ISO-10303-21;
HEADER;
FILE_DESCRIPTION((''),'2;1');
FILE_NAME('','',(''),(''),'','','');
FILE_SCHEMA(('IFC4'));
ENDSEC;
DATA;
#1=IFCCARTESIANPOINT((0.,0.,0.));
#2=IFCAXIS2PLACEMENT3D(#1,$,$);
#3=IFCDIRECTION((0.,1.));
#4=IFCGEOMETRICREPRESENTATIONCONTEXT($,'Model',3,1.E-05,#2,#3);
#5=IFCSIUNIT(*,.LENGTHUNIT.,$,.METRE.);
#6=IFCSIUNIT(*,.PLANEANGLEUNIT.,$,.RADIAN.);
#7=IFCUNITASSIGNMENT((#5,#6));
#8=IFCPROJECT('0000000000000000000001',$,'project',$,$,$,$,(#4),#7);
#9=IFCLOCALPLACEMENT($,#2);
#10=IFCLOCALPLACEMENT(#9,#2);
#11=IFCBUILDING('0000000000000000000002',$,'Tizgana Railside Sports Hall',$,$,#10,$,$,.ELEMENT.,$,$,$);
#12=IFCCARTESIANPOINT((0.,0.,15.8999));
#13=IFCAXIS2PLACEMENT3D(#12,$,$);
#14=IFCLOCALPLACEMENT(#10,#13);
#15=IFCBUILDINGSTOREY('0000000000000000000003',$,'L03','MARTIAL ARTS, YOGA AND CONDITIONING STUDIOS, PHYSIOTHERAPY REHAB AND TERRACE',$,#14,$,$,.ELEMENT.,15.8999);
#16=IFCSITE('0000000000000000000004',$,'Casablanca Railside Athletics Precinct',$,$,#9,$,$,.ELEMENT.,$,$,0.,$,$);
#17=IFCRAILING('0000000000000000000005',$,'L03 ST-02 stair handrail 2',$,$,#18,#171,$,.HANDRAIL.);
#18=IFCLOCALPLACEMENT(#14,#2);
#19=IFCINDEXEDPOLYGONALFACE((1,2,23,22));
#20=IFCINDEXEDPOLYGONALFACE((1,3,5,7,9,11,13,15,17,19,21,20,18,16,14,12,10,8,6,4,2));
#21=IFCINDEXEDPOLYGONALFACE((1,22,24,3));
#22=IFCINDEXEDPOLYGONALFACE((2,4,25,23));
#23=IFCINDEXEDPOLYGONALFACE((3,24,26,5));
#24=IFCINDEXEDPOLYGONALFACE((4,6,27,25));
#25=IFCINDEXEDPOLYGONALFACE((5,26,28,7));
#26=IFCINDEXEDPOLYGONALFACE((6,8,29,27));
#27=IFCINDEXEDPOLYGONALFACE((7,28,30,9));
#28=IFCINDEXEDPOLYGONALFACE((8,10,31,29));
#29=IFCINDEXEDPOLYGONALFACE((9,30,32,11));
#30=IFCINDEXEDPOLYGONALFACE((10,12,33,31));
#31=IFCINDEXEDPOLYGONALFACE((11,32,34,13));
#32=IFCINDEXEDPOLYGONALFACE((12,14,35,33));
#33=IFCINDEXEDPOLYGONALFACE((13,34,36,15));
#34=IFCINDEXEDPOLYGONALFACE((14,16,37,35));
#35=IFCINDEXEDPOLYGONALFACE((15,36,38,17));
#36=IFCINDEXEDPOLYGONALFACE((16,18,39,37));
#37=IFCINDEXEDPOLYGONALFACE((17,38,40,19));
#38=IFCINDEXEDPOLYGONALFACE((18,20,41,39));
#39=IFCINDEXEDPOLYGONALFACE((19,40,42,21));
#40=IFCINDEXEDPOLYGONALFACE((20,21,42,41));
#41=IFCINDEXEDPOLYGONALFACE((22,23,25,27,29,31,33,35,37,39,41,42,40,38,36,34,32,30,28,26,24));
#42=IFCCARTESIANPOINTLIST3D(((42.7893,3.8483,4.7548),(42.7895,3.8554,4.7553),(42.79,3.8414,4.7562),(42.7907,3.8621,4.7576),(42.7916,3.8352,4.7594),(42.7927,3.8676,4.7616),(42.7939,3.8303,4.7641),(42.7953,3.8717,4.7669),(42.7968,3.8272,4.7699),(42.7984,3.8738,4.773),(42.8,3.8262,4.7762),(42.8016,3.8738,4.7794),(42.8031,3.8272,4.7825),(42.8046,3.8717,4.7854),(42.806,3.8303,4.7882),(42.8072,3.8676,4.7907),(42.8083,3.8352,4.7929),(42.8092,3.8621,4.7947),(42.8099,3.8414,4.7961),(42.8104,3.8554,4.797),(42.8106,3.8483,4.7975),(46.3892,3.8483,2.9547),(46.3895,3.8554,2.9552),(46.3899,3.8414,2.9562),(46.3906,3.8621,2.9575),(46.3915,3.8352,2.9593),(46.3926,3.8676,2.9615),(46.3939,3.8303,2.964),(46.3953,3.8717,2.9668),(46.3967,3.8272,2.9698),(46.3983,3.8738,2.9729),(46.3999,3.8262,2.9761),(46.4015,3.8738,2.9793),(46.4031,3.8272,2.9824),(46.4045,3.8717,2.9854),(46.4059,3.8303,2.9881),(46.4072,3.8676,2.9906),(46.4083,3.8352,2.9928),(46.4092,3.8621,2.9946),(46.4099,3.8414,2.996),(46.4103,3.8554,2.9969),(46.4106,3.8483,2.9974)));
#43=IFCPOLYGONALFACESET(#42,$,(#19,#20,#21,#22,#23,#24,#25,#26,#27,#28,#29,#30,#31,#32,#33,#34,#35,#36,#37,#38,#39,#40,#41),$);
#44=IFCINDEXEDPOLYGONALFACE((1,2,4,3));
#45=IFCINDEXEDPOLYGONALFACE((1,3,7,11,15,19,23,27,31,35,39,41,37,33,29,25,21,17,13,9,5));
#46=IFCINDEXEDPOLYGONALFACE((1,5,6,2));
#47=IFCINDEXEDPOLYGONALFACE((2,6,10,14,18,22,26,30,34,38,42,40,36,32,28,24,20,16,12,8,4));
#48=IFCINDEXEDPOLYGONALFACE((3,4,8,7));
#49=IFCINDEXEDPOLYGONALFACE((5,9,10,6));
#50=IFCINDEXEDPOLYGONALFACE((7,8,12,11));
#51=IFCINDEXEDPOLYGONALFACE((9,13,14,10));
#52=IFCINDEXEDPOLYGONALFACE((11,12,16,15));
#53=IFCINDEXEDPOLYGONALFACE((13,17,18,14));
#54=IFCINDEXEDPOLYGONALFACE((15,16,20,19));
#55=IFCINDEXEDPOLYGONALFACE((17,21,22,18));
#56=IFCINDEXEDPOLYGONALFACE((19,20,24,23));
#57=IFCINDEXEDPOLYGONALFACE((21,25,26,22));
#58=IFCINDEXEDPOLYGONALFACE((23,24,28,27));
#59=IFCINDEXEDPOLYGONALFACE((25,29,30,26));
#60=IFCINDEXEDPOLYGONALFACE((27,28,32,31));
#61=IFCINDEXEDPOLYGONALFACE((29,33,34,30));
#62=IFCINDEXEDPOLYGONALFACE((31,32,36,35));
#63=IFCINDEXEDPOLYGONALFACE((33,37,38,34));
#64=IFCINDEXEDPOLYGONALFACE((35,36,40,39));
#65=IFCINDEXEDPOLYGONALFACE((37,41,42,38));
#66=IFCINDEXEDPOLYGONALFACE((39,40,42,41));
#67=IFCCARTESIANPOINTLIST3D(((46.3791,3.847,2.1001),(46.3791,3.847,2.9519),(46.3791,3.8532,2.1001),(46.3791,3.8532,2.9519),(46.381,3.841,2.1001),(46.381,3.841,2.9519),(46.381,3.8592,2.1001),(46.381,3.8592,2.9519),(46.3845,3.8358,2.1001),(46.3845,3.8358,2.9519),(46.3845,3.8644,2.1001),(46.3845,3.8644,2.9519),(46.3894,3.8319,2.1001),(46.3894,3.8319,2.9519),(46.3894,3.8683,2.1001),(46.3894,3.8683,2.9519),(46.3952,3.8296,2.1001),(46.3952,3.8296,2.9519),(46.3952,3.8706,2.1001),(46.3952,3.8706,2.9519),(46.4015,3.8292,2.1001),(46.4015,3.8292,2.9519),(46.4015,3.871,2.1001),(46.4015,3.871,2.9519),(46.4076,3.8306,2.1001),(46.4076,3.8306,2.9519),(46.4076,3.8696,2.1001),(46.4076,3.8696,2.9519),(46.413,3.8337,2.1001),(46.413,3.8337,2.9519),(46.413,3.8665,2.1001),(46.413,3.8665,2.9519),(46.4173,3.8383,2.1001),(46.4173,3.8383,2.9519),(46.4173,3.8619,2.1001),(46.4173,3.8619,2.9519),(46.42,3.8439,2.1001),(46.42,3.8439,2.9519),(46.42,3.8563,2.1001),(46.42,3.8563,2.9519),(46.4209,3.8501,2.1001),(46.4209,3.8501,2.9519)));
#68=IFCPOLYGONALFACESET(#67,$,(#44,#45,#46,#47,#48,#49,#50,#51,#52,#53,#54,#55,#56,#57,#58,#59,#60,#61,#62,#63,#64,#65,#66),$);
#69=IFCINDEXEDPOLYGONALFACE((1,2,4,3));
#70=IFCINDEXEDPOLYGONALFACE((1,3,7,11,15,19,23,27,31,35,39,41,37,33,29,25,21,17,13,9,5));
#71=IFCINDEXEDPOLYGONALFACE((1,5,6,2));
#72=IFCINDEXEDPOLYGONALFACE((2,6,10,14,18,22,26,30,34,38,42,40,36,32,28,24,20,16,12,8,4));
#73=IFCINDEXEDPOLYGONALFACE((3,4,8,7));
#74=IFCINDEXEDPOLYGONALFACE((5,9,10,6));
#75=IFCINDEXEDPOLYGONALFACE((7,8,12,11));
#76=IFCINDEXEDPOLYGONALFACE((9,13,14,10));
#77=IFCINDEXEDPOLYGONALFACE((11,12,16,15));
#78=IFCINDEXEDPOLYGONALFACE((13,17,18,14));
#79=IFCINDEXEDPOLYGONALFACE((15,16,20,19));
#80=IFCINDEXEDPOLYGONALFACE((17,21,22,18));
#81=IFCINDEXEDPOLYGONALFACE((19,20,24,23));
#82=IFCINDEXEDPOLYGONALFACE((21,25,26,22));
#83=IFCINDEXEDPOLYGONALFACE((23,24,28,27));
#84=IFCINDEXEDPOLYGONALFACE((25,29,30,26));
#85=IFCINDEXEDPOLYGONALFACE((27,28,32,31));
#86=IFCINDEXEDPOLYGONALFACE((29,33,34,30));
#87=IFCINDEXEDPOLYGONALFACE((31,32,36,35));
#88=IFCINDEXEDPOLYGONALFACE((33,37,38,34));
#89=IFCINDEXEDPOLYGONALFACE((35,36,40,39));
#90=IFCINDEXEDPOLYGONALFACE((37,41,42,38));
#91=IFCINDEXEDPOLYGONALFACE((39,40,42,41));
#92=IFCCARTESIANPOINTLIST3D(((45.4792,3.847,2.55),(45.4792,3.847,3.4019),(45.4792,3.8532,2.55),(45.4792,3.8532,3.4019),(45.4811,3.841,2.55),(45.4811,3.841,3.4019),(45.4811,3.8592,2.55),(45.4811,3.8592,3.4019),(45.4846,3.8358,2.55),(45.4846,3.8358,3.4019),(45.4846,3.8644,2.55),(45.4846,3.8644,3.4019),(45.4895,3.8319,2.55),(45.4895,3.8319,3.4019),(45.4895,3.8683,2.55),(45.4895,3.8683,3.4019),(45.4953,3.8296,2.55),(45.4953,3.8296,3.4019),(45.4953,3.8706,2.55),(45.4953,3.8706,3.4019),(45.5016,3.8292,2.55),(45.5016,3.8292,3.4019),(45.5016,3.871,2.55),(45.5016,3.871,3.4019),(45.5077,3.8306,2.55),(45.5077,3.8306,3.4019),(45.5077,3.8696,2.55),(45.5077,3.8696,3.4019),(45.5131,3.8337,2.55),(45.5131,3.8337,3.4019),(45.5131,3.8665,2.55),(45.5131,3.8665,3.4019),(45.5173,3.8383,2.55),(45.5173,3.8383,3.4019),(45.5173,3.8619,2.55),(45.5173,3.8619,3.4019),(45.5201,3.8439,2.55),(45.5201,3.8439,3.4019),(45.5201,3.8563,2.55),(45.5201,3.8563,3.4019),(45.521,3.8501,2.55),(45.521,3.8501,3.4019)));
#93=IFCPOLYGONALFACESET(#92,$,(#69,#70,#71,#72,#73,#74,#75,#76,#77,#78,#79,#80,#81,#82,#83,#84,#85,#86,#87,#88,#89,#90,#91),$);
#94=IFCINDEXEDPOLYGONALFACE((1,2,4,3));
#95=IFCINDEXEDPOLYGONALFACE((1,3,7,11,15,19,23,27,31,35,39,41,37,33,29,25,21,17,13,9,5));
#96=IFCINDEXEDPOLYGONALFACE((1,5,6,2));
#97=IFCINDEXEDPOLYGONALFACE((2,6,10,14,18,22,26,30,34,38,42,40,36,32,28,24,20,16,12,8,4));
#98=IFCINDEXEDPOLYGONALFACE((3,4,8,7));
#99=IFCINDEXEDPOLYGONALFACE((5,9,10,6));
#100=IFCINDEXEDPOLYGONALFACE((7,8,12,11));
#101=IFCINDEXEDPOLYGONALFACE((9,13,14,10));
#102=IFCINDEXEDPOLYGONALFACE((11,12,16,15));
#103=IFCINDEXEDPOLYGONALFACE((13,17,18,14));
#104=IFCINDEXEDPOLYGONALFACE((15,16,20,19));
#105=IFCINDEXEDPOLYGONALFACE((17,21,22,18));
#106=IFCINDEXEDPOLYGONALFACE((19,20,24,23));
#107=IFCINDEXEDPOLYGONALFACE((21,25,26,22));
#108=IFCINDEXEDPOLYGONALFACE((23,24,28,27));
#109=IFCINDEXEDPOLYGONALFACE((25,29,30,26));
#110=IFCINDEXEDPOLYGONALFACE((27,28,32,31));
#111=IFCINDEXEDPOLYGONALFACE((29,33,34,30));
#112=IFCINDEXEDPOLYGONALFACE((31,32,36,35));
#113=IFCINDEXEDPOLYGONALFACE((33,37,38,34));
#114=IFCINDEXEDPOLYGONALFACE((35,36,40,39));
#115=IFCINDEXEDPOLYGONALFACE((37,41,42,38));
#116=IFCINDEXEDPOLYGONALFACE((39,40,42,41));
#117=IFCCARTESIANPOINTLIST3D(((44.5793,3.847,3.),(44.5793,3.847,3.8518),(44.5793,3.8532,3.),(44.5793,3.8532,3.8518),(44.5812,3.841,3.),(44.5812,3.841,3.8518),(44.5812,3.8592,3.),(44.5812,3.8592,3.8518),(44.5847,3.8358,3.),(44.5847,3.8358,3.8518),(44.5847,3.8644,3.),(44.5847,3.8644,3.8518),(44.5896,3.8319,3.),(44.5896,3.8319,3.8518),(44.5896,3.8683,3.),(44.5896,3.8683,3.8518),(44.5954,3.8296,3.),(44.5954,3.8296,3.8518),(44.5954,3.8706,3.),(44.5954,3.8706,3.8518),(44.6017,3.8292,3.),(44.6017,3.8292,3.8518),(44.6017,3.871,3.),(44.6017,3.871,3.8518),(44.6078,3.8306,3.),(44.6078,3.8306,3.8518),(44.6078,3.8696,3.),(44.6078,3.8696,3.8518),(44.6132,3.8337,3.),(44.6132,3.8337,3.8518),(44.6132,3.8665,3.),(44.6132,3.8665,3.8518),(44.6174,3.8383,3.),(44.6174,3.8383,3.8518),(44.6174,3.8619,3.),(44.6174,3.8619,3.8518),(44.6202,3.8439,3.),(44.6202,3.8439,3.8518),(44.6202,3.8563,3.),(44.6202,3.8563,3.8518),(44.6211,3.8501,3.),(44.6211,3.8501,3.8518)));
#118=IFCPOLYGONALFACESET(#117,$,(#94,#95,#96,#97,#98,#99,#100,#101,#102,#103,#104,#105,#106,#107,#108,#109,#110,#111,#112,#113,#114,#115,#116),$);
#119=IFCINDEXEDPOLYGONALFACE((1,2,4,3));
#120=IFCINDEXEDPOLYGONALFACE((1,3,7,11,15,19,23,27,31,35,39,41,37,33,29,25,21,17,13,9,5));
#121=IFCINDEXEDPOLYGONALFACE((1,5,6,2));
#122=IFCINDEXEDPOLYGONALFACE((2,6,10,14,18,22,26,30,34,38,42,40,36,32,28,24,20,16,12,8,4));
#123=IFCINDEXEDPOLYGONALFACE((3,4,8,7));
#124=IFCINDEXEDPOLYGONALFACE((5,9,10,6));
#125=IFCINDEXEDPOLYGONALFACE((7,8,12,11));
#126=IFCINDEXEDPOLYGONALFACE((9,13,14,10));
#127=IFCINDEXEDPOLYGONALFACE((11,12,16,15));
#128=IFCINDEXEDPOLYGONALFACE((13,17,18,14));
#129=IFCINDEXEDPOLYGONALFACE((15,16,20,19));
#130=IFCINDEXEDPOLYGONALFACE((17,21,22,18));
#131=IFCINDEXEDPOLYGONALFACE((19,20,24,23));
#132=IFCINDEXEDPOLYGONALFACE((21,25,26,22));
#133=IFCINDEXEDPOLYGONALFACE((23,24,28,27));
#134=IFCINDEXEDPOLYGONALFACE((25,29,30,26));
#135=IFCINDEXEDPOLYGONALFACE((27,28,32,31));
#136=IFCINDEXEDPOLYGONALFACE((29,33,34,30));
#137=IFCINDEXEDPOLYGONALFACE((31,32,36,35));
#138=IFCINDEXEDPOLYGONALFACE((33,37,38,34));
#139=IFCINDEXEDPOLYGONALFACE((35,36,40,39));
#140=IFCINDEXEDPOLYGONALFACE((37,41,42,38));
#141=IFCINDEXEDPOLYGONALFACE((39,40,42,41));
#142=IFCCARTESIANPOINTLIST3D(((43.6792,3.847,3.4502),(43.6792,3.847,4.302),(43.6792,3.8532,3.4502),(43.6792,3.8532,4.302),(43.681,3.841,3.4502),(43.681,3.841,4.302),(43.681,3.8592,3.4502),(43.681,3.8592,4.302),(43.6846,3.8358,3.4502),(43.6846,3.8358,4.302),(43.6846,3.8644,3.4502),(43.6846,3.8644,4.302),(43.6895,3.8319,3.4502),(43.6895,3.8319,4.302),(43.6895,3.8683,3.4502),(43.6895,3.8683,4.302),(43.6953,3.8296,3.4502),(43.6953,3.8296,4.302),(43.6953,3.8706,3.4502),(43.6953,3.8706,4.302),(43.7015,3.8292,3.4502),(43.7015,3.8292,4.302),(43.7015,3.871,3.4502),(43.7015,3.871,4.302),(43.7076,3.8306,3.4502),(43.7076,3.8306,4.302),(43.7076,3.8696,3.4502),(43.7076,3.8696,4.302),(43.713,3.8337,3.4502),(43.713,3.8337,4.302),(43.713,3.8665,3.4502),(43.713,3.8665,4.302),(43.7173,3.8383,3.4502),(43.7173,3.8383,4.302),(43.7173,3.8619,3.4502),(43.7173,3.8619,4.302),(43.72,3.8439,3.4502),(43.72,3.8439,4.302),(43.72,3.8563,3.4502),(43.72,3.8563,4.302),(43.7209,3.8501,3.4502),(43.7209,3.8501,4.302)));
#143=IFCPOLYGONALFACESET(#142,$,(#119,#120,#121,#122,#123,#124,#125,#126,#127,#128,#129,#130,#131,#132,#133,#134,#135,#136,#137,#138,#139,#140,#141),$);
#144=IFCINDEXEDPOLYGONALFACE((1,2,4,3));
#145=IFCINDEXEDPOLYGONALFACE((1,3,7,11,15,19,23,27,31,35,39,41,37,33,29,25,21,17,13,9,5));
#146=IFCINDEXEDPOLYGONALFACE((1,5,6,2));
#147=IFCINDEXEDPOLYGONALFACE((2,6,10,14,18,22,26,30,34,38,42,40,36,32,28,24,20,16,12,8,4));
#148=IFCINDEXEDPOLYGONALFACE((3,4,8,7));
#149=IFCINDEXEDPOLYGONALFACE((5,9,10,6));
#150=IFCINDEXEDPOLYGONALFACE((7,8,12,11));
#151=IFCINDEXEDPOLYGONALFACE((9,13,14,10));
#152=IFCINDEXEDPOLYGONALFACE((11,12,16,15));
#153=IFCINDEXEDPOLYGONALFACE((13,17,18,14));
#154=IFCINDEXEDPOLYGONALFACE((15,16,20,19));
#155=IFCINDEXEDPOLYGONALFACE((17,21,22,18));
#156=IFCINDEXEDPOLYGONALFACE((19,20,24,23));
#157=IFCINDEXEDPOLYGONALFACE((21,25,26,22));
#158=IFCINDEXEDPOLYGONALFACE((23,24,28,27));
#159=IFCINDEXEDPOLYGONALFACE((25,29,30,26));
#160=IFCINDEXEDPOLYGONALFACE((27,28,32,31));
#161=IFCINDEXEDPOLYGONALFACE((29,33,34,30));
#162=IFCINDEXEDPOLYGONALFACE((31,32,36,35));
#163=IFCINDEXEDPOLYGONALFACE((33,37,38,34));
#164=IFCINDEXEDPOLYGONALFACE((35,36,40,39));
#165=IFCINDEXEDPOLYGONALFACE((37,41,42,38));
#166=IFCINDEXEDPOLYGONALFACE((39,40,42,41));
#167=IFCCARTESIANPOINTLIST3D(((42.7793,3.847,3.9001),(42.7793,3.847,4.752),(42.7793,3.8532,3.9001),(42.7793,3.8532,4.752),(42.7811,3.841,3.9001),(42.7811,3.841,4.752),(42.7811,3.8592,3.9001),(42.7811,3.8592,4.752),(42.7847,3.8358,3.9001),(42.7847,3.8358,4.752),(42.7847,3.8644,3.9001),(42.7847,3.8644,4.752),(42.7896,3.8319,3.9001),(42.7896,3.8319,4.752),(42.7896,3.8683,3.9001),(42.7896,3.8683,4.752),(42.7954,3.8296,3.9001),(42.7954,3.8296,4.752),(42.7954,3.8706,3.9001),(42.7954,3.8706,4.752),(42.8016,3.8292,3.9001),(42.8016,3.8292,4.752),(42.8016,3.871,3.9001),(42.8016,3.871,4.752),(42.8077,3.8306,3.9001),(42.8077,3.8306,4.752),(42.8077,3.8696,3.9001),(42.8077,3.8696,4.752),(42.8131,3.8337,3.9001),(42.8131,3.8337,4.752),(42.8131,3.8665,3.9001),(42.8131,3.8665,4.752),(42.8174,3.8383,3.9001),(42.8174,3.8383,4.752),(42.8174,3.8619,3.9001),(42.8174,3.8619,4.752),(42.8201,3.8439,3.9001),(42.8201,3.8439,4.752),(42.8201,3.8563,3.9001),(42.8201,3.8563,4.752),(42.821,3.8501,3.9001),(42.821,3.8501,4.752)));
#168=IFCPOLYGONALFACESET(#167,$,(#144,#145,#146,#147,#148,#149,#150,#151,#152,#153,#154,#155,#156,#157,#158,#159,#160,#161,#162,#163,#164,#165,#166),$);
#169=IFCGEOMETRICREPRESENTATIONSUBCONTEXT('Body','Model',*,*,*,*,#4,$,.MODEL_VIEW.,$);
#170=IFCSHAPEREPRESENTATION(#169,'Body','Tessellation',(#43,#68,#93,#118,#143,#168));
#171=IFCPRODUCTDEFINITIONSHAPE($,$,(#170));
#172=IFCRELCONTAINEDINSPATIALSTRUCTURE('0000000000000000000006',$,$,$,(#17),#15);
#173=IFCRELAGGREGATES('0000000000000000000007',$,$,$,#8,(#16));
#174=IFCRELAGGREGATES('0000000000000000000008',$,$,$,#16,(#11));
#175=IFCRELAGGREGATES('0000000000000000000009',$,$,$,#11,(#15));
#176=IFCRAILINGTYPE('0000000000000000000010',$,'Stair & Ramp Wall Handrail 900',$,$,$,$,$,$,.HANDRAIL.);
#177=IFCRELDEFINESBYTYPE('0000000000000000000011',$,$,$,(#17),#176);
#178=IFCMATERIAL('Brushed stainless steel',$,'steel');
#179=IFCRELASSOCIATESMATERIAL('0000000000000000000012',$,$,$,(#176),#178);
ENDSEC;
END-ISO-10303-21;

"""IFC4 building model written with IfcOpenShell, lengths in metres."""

from ifc_helpers import new_model, si_unit, direction, frame, origin, origin_2d, place, context, subcontext, project, spatial, circle, extrude, material, type_object, element, save


model = new_model("IFC4")

# Units and contexts
model_context = context("Model", 3, precision=1e-05, world=origin(), true_north=direction((0.0, 1.0)))
body_context = subcontext(model_context, "Body", "Model", "MODEL_VIEW")
ifc_project = project(units=[si_unit("LENGTHUNIT", "METRE"), si_unit("PLANEANGLEUNIT", "RADIAN")], contexts=[model_context])

# Site, building, storey
site_placement = place(None, origin())
site = spatial("IfcSite", under=ifc_project, at=site_placement, Name="Casablanca Railside Athletics Precinct", CompositionType="ELEMENT", RefElevation=0.0)
building_placement = place(site_placement, origin())
building = spatial("IfcBuilding", under=site, at=building_placement, Name="Tizgana Railside Sports Hall", CompositionType="ELEMENT")
storey_placement = place(building_placement, frame((0.0, 0.0, 15.8999)))
storey = spatial("IfcBuildingStorey", under=building, at=storey_placement, Name="L03", Description="MARTIAL ARTS, YOGA AND CONDITIONING STUDIOS, PHYSIOTHERAPY REHAB AND TERRACE", CompositionType="ELEMENT", Elevation=15.8999)

# Shared definitions
ifc_material_1 = material(Name="Brushed stainless steel", Category="steel")

# Railing
railing_type_1 = type_object("IfcRailingType", Name="Stair & Ramp Wall Handrail 900", PredefinedType="HANDRAIL", material=ifc_material_1)
railing_1_placement = place(storey_placement, frame((46.3999, 3.8501, 2.1001)))
element("IfcRailing", 1, at=railing_1_placement, inside=storey, type_object=railing_type_1, Name="L03 ST-02 stair handrail 2", PredefinedType="HANDRAIL", context=body_context, shape_type="SweptSolid", body=[
    extrude(circle(Radius=0.0239, at=origin_2d()), frame((0.0, 0.0, 0.876), z_axis=(-0.894415, 0.0, 0.447238), x_axis=(0.0, -1.0, 0.0)), (0.0, 0.0, 1.0), 4.0249),
    extrude(circle(Radius=0.021, at=origin_2d()), origin(), (0.0, 0.0, 1.0), 0.8518),
    extrude(circle(Radius=0.021, at=origin_2d()), frame((-0.8999, 0.0, 0.45)), (0.0, 0.0, 1.0), 0.8518),
    extrude(circle(Radius=0.021, at=origin_2d()), frame((-1.7998, 0.0, 0.8999)), (0.0, 0.0, 1.0), 0.8518),
    extrude(circle(Radius=0.021, at=origin_2d()), frame((-2.7, 0.0, 1.3501)), (0.0, 0.0, 1.0), 0.8518),
    extrude(circle(Radius=0.021, at=origin_2d()), frame((-3.5999, 0.0, 1.8)), (0.0, 0.0, 1.0), 0.8518),
])

save(model, "model.ifc")
